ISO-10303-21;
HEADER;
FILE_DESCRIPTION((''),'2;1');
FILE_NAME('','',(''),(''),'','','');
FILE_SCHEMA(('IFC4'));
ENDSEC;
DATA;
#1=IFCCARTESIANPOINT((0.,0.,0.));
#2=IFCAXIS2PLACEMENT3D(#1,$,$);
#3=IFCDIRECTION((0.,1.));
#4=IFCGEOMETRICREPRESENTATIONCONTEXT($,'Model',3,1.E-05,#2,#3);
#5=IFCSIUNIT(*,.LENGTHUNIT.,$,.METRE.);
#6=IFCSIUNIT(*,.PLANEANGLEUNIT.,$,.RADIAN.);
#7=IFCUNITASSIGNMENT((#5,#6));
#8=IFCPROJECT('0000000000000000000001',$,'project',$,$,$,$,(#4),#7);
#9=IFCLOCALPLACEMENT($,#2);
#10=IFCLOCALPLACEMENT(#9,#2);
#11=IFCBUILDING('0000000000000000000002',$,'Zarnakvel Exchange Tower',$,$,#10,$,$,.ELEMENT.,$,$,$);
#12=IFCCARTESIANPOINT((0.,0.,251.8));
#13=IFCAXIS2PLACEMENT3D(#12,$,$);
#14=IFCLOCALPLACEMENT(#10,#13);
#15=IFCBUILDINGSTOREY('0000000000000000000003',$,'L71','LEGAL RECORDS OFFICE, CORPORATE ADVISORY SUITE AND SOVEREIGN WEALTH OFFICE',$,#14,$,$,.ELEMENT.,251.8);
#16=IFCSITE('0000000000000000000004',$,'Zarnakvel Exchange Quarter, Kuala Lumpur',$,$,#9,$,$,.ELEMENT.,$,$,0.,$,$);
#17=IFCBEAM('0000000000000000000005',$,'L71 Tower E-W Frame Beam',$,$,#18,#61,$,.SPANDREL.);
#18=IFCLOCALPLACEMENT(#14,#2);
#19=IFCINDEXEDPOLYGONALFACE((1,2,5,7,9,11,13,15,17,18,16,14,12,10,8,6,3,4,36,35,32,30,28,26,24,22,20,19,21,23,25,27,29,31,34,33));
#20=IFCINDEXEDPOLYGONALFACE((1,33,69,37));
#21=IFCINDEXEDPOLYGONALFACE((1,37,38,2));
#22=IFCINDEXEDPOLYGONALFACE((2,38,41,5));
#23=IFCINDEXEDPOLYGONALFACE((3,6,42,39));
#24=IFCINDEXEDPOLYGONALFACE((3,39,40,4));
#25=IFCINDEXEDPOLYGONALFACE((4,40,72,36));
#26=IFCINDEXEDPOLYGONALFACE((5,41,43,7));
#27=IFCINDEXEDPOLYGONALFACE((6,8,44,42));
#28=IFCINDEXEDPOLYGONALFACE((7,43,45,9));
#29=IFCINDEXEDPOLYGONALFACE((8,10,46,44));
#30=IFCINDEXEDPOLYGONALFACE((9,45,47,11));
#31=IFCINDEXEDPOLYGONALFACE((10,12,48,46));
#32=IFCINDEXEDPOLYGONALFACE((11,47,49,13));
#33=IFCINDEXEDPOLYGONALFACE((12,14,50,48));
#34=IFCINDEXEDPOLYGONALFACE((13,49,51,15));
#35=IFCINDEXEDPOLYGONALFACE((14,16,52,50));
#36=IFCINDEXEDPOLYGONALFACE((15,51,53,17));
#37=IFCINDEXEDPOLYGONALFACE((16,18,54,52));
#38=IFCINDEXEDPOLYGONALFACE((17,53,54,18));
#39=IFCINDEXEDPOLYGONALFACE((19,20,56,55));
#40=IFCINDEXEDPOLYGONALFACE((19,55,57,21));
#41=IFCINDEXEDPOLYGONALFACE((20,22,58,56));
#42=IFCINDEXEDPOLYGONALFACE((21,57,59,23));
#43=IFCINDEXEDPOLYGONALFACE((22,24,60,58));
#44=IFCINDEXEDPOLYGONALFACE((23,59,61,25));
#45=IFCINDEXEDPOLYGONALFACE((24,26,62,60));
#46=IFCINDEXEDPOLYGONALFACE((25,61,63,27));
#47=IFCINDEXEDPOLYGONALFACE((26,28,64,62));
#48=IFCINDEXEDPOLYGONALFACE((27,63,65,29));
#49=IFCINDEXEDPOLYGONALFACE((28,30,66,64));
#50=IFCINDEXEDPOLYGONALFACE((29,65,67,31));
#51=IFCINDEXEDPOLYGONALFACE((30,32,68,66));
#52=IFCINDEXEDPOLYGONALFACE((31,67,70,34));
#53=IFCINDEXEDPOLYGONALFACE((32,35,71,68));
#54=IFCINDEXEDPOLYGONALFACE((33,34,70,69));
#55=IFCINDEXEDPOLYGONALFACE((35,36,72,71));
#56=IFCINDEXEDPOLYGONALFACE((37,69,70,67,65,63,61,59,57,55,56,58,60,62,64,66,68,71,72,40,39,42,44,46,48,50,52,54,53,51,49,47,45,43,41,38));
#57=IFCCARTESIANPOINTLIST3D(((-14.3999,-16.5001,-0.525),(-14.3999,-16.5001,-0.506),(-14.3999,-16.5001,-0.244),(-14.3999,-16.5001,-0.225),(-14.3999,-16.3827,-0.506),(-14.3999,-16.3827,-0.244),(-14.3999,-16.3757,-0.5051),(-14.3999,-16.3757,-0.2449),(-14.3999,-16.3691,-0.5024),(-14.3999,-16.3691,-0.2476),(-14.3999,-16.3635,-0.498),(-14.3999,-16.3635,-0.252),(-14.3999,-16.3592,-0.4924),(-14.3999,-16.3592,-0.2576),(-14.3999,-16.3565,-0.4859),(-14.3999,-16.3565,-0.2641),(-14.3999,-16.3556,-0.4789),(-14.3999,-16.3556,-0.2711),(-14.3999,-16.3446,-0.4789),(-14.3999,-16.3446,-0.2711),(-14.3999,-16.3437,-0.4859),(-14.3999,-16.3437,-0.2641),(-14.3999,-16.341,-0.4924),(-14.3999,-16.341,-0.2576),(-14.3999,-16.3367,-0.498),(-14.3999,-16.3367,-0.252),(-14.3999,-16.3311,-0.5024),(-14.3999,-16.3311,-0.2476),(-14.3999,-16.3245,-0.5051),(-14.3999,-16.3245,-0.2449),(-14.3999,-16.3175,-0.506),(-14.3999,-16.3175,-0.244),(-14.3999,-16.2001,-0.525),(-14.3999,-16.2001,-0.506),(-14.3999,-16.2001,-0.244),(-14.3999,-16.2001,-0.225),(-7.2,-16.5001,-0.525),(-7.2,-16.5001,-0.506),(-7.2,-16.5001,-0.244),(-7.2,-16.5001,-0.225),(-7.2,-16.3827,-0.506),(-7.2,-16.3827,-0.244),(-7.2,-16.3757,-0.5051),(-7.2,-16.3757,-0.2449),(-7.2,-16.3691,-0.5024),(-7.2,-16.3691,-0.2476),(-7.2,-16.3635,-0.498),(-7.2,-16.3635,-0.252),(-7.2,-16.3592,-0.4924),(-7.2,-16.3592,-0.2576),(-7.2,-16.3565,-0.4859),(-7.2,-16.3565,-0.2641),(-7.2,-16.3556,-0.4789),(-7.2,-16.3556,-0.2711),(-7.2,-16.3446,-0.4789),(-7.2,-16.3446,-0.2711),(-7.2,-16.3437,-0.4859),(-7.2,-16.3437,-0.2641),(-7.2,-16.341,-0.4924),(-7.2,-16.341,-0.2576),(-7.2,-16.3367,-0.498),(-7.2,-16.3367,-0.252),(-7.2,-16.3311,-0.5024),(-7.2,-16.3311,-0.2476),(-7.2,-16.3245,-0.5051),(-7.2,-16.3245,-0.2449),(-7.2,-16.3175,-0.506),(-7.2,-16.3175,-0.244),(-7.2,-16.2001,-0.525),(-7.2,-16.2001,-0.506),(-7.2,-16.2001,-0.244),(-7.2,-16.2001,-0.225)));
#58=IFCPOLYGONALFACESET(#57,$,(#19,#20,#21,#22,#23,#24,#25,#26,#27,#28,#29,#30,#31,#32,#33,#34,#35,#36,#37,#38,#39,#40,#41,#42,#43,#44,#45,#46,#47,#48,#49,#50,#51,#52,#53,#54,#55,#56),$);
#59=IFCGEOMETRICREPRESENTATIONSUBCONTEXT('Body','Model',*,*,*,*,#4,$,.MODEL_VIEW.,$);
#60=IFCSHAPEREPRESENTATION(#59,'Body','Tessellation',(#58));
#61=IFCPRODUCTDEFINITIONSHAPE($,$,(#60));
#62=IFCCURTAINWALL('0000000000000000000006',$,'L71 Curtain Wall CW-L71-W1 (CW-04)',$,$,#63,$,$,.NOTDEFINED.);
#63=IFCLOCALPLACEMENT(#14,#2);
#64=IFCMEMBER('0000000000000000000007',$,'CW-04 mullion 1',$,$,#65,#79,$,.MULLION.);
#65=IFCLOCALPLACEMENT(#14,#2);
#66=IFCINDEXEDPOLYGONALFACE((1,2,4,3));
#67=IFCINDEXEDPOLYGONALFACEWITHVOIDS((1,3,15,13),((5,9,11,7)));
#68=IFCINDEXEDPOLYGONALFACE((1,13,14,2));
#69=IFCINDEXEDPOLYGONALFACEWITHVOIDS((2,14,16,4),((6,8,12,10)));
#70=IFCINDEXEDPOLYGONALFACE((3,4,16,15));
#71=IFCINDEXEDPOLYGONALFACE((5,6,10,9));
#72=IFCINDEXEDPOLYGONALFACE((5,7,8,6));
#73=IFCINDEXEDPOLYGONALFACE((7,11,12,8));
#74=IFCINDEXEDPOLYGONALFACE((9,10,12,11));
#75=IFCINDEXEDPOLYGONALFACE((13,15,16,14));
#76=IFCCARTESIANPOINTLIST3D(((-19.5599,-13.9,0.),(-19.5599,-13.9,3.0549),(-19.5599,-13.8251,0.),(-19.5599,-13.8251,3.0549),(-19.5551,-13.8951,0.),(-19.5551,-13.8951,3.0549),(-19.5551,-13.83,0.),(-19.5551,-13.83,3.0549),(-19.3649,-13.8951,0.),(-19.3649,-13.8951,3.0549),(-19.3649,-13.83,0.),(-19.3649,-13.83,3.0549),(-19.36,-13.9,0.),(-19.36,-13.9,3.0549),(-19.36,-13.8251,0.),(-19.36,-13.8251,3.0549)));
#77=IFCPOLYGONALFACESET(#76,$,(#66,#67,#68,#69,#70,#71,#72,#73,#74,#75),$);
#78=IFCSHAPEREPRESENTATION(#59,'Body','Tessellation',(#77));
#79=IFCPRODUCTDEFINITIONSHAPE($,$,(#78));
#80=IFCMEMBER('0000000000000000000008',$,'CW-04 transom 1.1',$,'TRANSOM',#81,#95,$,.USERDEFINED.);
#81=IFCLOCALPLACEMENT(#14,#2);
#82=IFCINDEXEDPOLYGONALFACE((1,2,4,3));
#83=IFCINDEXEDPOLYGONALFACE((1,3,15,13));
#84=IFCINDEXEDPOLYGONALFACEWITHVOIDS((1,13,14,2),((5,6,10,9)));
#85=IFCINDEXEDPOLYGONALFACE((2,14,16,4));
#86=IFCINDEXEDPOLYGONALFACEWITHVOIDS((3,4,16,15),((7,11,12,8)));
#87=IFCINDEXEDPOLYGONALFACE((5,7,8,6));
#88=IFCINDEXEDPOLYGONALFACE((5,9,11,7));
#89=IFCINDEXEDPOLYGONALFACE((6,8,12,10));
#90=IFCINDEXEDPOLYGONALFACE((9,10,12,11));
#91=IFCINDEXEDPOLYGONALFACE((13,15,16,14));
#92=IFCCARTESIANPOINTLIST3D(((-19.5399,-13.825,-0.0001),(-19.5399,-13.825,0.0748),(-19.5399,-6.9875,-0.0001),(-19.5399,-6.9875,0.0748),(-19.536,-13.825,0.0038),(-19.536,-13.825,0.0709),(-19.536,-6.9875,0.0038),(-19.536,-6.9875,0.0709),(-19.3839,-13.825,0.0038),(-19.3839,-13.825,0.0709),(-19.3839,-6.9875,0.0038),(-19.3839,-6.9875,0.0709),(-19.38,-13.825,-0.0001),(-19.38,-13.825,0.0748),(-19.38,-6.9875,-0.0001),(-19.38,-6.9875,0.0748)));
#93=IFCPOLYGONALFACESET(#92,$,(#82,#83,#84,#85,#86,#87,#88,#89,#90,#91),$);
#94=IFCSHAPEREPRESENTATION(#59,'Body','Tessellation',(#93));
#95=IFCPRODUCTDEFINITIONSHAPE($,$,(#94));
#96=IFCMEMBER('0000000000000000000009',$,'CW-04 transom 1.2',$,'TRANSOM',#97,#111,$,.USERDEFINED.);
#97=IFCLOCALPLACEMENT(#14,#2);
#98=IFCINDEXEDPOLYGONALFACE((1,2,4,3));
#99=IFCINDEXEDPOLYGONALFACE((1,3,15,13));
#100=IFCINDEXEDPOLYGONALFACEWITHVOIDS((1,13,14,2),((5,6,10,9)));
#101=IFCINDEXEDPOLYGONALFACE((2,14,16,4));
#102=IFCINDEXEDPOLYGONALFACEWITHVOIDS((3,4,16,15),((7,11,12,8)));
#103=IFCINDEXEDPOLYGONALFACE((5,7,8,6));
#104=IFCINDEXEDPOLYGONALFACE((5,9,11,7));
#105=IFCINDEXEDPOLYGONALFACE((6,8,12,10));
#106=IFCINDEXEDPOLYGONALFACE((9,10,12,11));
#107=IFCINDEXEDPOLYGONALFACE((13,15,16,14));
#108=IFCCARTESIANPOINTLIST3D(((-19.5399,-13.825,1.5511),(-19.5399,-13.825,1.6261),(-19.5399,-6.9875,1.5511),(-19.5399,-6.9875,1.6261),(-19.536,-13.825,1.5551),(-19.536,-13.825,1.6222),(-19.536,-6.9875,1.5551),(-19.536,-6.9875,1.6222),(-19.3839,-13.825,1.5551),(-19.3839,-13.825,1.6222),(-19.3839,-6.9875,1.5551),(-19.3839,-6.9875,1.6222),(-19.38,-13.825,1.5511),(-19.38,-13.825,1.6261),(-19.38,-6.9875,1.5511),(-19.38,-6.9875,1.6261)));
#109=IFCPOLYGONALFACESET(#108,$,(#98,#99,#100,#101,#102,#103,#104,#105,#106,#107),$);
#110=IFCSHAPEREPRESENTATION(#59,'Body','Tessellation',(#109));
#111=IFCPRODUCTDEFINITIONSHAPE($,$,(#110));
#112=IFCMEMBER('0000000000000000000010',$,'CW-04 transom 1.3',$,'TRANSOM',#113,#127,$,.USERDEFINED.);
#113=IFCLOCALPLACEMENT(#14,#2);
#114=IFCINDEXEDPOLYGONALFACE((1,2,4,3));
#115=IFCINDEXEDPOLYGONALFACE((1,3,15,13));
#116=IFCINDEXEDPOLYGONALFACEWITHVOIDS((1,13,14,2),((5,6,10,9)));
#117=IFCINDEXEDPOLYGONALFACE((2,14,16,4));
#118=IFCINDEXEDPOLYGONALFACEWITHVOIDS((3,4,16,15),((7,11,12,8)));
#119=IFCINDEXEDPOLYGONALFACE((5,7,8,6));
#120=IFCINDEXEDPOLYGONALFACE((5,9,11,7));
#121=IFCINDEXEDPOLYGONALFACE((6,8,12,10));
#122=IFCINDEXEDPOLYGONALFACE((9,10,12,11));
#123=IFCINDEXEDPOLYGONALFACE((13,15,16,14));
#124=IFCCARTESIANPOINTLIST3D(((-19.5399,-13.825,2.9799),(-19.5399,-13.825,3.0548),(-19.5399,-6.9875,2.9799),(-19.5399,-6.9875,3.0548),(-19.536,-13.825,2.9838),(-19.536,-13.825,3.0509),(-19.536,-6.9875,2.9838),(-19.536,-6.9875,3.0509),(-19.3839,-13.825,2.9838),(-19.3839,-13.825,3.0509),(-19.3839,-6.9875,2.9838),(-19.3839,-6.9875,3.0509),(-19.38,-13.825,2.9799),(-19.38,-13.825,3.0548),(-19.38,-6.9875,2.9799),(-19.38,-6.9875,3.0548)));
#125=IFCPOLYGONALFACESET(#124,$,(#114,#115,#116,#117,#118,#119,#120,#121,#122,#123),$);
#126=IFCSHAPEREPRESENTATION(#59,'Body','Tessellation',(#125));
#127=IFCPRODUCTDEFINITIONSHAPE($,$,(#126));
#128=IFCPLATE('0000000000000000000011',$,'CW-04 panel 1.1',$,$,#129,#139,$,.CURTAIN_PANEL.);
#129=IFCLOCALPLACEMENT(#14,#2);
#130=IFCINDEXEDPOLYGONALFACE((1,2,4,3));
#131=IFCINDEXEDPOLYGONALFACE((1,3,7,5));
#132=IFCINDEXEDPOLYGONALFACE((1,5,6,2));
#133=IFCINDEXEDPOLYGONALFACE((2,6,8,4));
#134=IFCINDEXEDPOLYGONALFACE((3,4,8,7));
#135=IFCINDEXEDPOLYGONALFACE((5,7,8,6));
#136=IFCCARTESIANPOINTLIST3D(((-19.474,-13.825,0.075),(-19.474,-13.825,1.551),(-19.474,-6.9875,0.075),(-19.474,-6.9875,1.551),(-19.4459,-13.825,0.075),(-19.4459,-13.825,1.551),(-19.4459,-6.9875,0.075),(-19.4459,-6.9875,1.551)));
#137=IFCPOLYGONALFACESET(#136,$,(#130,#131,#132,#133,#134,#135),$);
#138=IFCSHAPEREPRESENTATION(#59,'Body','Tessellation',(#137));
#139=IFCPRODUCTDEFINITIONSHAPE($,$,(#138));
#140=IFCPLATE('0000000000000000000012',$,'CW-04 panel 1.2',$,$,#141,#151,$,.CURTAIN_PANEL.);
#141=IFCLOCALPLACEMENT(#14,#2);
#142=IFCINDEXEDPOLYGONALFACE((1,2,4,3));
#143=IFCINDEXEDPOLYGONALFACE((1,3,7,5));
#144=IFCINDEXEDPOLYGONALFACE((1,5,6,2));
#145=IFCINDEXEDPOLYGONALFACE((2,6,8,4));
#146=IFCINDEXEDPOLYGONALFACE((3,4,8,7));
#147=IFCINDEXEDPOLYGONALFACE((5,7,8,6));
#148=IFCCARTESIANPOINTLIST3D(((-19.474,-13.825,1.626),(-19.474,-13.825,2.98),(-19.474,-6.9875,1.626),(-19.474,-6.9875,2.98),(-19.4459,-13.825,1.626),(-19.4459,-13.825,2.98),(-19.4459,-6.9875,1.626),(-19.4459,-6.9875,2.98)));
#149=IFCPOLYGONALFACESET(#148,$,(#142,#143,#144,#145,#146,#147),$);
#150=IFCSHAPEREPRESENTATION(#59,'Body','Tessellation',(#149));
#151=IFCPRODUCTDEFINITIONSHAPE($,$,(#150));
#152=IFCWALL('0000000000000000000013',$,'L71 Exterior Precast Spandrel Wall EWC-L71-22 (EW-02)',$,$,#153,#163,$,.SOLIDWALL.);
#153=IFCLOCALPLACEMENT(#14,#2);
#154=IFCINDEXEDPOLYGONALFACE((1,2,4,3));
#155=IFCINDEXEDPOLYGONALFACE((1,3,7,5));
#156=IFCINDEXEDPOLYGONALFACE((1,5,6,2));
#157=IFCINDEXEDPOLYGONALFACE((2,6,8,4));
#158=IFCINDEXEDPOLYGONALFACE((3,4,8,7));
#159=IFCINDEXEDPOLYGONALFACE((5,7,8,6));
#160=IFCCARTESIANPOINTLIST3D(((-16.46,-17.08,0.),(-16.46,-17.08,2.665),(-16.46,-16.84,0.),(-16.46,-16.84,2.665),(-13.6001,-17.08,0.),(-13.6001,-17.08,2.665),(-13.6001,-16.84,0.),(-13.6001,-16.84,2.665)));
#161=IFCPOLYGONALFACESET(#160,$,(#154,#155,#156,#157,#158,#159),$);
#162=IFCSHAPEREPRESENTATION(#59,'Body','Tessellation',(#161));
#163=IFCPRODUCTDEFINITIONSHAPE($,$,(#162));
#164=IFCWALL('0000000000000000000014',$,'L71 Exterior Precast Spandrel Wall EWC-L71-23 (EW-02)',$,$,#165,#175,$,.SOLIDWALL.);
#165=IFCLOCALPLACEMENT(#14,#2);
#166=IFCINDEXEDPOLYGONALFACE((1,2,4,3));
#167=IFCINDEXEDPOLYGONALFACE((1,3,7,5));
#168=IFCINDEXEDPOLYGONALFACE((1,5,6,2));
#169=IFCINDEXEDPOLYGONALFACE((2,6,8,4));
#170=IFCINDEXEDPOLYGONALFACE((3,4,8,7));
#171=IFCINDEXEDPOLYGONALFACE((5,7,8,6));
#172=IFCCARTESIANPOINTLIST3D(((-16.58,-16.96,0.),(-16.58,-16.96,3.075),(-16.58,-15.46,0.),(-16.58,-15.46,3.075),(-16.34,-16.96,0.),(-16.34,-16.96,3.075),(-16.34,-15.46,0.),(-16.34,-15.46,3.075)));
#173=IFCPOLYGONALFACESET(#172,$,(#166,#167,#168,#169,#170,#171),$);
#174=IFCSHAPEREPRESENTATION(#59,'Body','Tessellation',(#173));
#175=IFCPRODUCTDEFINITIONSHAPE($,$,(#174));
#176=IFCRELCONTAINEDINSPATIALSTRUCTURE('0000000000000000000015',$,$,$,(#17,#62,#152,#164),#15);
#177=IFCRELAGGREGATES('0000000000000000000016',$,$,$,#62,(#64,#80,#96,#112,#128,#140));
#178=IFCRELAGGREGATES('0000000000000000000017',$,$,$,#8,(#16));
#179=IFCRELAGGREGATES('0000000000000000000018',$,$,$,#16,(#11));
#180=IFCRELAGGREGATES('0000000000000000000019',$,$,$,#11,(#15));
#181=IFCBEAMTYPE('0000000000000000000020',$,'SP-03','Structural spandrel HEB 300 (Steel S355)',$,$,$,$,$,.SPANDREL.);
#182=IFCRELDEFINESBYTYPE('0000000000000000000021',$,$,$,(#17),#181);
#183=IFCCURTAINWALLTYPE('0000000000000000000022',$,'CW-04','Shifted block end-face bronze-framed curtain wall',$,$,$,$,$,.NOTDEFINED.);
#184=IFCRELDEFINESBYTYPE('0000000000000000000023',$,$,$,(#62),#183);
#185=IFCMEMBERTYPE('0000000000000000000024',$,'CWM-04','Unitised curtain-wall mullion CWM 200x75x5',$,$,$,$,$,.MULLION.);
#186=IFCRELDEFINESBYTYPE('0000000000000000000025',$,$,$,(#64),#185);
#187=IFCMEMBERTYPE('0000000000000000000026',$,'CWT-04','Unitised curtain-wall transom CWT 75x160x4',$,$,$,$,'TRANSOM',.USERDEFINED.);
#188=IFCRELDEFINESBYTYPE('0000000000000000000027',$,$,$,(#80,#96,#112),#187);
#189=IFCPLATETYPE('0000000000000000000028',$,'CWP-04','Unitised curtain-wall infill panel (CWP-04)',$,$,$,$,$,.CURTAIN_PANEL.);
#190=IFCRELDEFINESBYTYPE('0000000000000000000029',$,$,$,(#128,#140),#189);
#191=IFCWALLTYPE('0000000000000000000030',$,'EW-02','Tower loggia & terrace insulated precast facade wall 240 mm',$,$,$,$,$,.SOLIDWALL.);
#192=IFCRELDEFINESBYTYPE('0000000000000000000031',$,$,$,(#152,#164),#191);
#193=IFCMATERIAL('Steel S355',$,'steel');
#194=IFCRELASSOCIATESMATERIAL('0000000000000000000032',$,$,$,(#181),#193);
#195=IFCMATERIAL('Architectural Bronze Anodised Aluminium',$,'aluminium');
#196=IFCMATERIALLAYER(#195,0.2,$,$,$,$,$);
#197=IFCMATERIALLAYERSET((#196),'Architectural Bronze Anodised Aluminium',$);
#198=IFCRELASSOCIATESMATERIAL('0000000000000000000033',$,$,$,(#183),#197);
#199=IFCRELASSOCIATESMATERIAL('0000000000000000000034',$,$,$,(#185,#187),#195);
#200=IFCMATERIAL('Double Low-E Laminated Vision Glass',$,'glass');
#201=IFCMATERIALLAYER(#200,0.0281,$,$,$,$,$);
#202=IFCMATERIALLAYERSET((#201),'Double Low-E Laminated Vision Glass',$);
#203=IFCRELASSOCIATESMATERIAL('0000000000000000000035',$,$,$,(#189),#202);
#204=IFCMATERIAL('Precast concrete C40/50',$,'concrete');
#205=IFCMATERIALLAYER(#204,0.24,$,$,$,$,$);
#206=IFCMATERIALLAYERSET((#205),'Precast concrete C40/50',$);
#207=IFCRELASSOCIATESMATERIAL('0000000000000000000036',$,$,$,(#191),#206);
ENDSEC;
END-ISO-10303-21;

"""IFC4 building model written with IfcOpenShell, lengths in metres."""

from ifc_helpers import new_model, si_unit, direction, frame, frame_2d, origin, origin_2d, place, context, subcontext, project, spatial, rectangle, hollow_rectangle, i_section, extrude, source, transform, mapped, material, layer, layer_set, material_profile, profile_set, type_object, element, aggregate, save


model = new_model("IFC4")

# Units and contexts
model_context = context("Model", 3, precision=1e-05, world=origin(), true_north=direction((0.0, 1.0)))
body_context = subcontext(model_context, "Body", "Model", "MODEL_VIEW")
ifc_project = project(units=[si_unit("LENGTHUNIT", "METRE"), si_unit("PLANEANGLEUNIT", "RADIAN")], contexts=[model_context])

# Site, building, storey
site_placement = place(None, origin())
site = spatial("IfcSite", under=ifc_project, at=site_placement, Name="Zarnakvel Exchange Quarter, Kuala Lumpur", CompositionType="ELEMENT", RefElevation=0.0)
building_placement = place(site_placement, origin())
building = spatial("IfcBuilding", under=site, at=building_placement, Name="Zarnakvel Exchange Tower", CompositionType="ELEMENT")
storey_placement = place(building_placement, frame((0.0, 0.0, 251.8)))
storey = spatial("IfcBuildingStorey", under=building, at=storey_placement, Name="L71", Description="LEGAL RECORDS OFFICE, CORPORATE ADVISORY SUITE AND SOVEREIGN WEALTH OFFICE", CompositionType="ELEMENT", Elevation=251.8)

# Beam
ifc_material_1 = material(Name="Steel S355", Category="steel")
ifc_material_profile_1 = material_profile(ifc_material_1, i_section(OverallWidth=0.3, OverallDepth=0.3, WebThickness=0.011, FlangeThickness=0.019, FilletRadius=0.0271, at=origin_2d()))
ifc_profile_set_1 = profile_set([ifc_material_profile_1], Name="Steel S355")
beam_type_1 = type_object("IfcBeamType", Name="SP-03", Description="Structural spandrel HEB 300 (Steel S355)", PredefinedType="SPANDREL", material=ifc_profile_set_1)
beam_1_placement = place(storey_placement, frame((-14.3999, -16.3501, -0.375), z_axis=(1.0, 0.0, 0.0), x_axis=(0.0, 1.0, 0.0)))
element("IfcBeam", 1, at=beam_1_placement, inside=storey, type_object=beam_type_1, Name="L71 Tower E-W Frame Beam", PredefinedType="SPANDREL", context=body_context, shape_type="SweptSolid", body=[
    extrude(i_section(OverallWidth=0.3, OverallDepth=0.3, WebThickness=0.011, FlangeThickness=0.019, FilletRadius=0.0271, at=origin_2d()), origin(), (0.0, 0.0, 1.0), 7.2),
])

# Curtain wall, members, plates
ifc_material_2 = material(Name="Architectural Bronze Anodised Aluminium", Category="aluminium")
ifc_layer_1 = layer(ifc_material_2, 0.2)
ifc_layer_set_1 = layer_set([ifc_layer_1], Name="Architectural Bronze Anodised Aluminium")
curtain_wall_type = type_object("IfcCurtainWallType", Name="CW-04", Description="Shifted block end-face bronze-framed curtain wall", PredefinedType="NOTDEFINED", material=ifc_layer_set_1)
curtain_wall_placement = place(storey_placement, origin())
curtain_wall = element("IfcCurtainWall", 2, at=curtain_wall_placement, inside=storey, type_object=curtain_wall_type, Name="L71 Curtain Wall CW-L71-W1 (CW-04)", PredefinedType="NOTDEFINED")
ifc_material_profile_2 = material_profile(ifc_material_2, hollow_rectangle(XDim=0.2, YDim=0.075, WallThickness=0.0049, at=origin_2d()))
ifc_profile_set_2 = profile_set([ifc_material_profile_2], Name="Architectural Bronze Anodised Aluminium")
member_type_1 = type_object("IfcMemberType", Name="CWM-04", Description="Unitised curtain-wall mullion CWM 200x75x5", PredefinedType="MULLION", material=ifc_profile_set_2)
shared_shape_1 = source(origin(), body_context, "Body", "SweptSolid", [
    extrude(hollow_rectangle(XDim=0.2, YDim=0.075, WallThickness=0.0049, at=origin_2d()), origin(), (0.0, 0.0, 1.0), 3.0549),
])
member_1_placement = place(storey_placement, frame((-19.46, -13.8625, 0.0), z_axis=(0.0, 0.0, 1.0), x_axis=(-1.0, 0.0, 0.0)))
member_1 = element("IfcMember", 3, at=member_1_placement, type_object=member_type_1, Name="CW-04 mullion 1", PredefinedType="MULLION", context=body_context, shape_type="MappedRepresentation", body=[
    mapped(shared_shape_1, transform((0.0, 0.0, 0.0), x_axis=(1.0, 0.0, 0.0), y_axis=(0.0, 1.0, 0.0), z_axis=(0.0, 0.0, 1.0), scale=1.0)),
])
ifc_material_profile_3 = material_profile(ifc_material_2, hollow_rectangle(XDim=0.1599, YDim=0.075, WallThickness=0.0039, at=origin_2d()))
ifc_profile_set_3 = profile_set([ifc_material_profile_3], Name="Architectural Bronze Anodised Aluminium")
member_type_2 = type_object("IfcMemberType", Name="CWT-04", Description="Unitised curtain-wall transom CWT 75x160x4", ElementType="TRANSOM", PredefinedType="USERDEFINED", material=ifc_profile_set_3)
shared_shape_2 = source(origin(), body_context, "Body", "SweptSolid", [
    extrude(hollow_rectangle(XDim=0.1599, YDim=0.075, WallThickness=0.0039, at=origin_2d()), origin(), (0.0, 0.0, 1.0), 6.8374),
])
member_2_placement = place(storey_placement, frame((-19.46, -13.825, 0.0374), z_axis=(0.0, 1.0, 0.0), x_axis=(-1.0, 0.0, 0.0)))
member_2 = element("IfcMember", 4, at=member_2_placement, type_object=member_type_2, Name="CW-04 transom 1.1", ObjectType="TRANSOM", PredefinedType="USERDEFINED", context=body_context, shape_type="MappedRepresentation", body=[
    mapped(shared_shape_2, transform((0.0, 0.0, 0.0), x_axis=(1.0, 0.0, 0.0), y_axis=(0.0, 1.0, 0.0), z_axis=(0.0, 0.0, 1.0), scale=1.0)),
])
member_3_placement = place(storey_placement, frame((-19.46, -13.825, 1.5886), z_axis=(0.0, 1.0, 0.0), x_axis=(-1.0, 0.0, 0.0)))
member_3 = element("IfcMember", 5, at=member_3_placement, type_object=member_type_2, Name="CW-04 transom 1.2", ObjectType="TRANSOM", PredefinedType="USERDEFINED", context=body_context, shape_type="MappedRepresentation", body=[
    mapped(shared_shape_2, transform((0.0, 0.0, 0.0), x_axis=(1.0, 0.0, 0.0), y_axis=(0.0, 1.0, 0.0), z_axis=(0.0, 0.0, 1.0), scale=1.0)),
])
member_4_placement = place(storey_placement, frame((-19.46, -13.825, 3.0173), z_axis=(0.0, 1.0, 0.0), x_axis=(-1.0, 0.0, 0.0)))
member_4 = element("IfcMember", 6, at=member_4_placement, type_object=member_type_2, Name="CW-04 transom 1.3", ObjectType="TRANSOM", PredefinedType="USERDEFINED", context=body_context, shape_type="MappedRepresentation", body=[
    mapped(shared_shape_2, transform((0.0, 0.0, 0.0), x_axis=(1.0, 0.0, 0.0), y_axis=(0.0, 1.0, 0.0), z_axis=(0.0, 0.0, 1.0), scale=1.0)),
])
ifc_material_3 = material(Name="Double Low-E Laminated Vision Glass", Category="glass")
ifc_layer_2 = layer(ifc_material_3, 0.0281)
ifc_layer_set_2 = layer_set([ifc_layer_2], Name="Double Low-E Laminated Vision Glass")
plate_type = type_object("IfcPlateType", Name="CWP-04", Description="Unitised curtain-wall infill panel (CWP-04)", PredefinedType="CURTAIN_PANEL", material=ifc_layer_set_2)
shared_shape_3 = source(origin(), body_context, "Body", "SweptSolid", [
    extrude(rectangle(XDim=6.8374, YDim=0.0281, at=origin_2d()), origin(), (0.0, 0.0, 1.0), 1.4761),
])
plate_1_placement = place(storey_placement, frame((-19.46, -10.4062, 0.075), z_axis=(0.0, 0.0, 1.0), x_axis=(0.0, 1.0, 0.0)))
plate_1 = element("IfcPlate", 7, at=plate_1_placement, type_object=plate_type, Name="CW-04 panel 1.1", PredefinedType="CURTAIN_PANEL", context=body_context, shape_type="MappedRepresentation", body=[
    mapped(shared_shape_3, transform((0.0, 0.0, 0.0), x_axis=(1.0, 0.0, 0.0), y_axis=(0.0, 1.0, 0.0), z_axis=(0.0, 0.0, 1.0), scale=1.0)),
])
shared_shape_4 = source(origin(), body_context, "Body", "SweptSolid", [
    extrude(rectangle(XDim=6.8374, YDim=0.0281, at=origin_2d()), origin(), (0.0, 0.0, 1.0), 1.354),
])
plate_2_placement = place(storey_placement, frame((-19.46, -10.4062, 1.626), z_axis=(0.0, 0.0, 1.0), x_axis=(0.0, 1.0, 0.0)))
plate_2 = element("IfcPlate", 8, at=plate_2_placement, type_object=plate_type, Name="CW-04 panel 1.2", PredefinedType="CURTAIN_PANEL", context=body_context, shape_type="MappedRepresentation", body=[
    mapped(shared_shape_4, transform((0.0, 0.0, 0.0), x_axis=(1.0, 0.0, 0.0), y_axis=(0.0, 1.0, 0.0), z_axis=(0.0, 0.0, 1.0), scale=1.0)),
])
aggregate(curtain_wall, [member_1, member_2, member_3, member_4, plate_1, plate_2])

# Walls
ifc_material_4 = material(Name="Precast concrete C40/50", Category="concrete")
ifc_layer_3 = layer(ifc_material_4, 0.24)
ifc_layer_set_3 = layer_set([ifc_layer_3], Name="Precast concrete C40/50")
wall_type_1 = type_object("IfcWallType", Name="EW-02", Description="Tower loggia & terrace insulated precast facade wall 240 mm", PredefinedType="SOLIDWALL", material=ifc_layer_set_3)
wall_1_placement = place(storey_placement, frame((-16.46, -16.96, 0.0), z_axis=(0.0, 0.0, 1.0), x_axis=(1.0, 0.0, 0.0)))
element("IfcWall", 9, at=wall_1_placement, inside=storey, type_object=wall_type_1, Name="L71 Exterior Precast Spandrel Wall EWC-L71-22 (EW-02)", PredefinedType="SOLIDWALL", context=body_context, shape_type="SweptSolid", body=[
    extrude(rectangle(XDim=2.8599, YDim=0.24, at=frame_2d((1.4299, 0.0))), origin(), (0.0, 0.0, 1.0), 2.665),
])
for number, where, z_axis, x_axis, name in (
    (10, (-16.46, -15.46, 0.0), (0.0, 0.0, 1.0), (0.0, -1.0, 0.0), "L71 Exterior Precast Spandrel Wall EWC-L71-23 (EW-02)"),
):
    element("IfcWall", number, at=place(storey_placement, frame(where, z_axis=z_axis, x_axis=x_axis)), inside=storey, type_object=wall_type_1, Name=name, PredefinedType="SOLIDWALL", context=body_context, shape_type="SweptSolid", body=[
        extrude(rectangle(XDim=1.5, YDim=0.24, at=frame_2d((0.75, 0.0))), origin(), (0.0, 0.0, 1.0), 3.075),
    ])

save(model, "model.ifc")
